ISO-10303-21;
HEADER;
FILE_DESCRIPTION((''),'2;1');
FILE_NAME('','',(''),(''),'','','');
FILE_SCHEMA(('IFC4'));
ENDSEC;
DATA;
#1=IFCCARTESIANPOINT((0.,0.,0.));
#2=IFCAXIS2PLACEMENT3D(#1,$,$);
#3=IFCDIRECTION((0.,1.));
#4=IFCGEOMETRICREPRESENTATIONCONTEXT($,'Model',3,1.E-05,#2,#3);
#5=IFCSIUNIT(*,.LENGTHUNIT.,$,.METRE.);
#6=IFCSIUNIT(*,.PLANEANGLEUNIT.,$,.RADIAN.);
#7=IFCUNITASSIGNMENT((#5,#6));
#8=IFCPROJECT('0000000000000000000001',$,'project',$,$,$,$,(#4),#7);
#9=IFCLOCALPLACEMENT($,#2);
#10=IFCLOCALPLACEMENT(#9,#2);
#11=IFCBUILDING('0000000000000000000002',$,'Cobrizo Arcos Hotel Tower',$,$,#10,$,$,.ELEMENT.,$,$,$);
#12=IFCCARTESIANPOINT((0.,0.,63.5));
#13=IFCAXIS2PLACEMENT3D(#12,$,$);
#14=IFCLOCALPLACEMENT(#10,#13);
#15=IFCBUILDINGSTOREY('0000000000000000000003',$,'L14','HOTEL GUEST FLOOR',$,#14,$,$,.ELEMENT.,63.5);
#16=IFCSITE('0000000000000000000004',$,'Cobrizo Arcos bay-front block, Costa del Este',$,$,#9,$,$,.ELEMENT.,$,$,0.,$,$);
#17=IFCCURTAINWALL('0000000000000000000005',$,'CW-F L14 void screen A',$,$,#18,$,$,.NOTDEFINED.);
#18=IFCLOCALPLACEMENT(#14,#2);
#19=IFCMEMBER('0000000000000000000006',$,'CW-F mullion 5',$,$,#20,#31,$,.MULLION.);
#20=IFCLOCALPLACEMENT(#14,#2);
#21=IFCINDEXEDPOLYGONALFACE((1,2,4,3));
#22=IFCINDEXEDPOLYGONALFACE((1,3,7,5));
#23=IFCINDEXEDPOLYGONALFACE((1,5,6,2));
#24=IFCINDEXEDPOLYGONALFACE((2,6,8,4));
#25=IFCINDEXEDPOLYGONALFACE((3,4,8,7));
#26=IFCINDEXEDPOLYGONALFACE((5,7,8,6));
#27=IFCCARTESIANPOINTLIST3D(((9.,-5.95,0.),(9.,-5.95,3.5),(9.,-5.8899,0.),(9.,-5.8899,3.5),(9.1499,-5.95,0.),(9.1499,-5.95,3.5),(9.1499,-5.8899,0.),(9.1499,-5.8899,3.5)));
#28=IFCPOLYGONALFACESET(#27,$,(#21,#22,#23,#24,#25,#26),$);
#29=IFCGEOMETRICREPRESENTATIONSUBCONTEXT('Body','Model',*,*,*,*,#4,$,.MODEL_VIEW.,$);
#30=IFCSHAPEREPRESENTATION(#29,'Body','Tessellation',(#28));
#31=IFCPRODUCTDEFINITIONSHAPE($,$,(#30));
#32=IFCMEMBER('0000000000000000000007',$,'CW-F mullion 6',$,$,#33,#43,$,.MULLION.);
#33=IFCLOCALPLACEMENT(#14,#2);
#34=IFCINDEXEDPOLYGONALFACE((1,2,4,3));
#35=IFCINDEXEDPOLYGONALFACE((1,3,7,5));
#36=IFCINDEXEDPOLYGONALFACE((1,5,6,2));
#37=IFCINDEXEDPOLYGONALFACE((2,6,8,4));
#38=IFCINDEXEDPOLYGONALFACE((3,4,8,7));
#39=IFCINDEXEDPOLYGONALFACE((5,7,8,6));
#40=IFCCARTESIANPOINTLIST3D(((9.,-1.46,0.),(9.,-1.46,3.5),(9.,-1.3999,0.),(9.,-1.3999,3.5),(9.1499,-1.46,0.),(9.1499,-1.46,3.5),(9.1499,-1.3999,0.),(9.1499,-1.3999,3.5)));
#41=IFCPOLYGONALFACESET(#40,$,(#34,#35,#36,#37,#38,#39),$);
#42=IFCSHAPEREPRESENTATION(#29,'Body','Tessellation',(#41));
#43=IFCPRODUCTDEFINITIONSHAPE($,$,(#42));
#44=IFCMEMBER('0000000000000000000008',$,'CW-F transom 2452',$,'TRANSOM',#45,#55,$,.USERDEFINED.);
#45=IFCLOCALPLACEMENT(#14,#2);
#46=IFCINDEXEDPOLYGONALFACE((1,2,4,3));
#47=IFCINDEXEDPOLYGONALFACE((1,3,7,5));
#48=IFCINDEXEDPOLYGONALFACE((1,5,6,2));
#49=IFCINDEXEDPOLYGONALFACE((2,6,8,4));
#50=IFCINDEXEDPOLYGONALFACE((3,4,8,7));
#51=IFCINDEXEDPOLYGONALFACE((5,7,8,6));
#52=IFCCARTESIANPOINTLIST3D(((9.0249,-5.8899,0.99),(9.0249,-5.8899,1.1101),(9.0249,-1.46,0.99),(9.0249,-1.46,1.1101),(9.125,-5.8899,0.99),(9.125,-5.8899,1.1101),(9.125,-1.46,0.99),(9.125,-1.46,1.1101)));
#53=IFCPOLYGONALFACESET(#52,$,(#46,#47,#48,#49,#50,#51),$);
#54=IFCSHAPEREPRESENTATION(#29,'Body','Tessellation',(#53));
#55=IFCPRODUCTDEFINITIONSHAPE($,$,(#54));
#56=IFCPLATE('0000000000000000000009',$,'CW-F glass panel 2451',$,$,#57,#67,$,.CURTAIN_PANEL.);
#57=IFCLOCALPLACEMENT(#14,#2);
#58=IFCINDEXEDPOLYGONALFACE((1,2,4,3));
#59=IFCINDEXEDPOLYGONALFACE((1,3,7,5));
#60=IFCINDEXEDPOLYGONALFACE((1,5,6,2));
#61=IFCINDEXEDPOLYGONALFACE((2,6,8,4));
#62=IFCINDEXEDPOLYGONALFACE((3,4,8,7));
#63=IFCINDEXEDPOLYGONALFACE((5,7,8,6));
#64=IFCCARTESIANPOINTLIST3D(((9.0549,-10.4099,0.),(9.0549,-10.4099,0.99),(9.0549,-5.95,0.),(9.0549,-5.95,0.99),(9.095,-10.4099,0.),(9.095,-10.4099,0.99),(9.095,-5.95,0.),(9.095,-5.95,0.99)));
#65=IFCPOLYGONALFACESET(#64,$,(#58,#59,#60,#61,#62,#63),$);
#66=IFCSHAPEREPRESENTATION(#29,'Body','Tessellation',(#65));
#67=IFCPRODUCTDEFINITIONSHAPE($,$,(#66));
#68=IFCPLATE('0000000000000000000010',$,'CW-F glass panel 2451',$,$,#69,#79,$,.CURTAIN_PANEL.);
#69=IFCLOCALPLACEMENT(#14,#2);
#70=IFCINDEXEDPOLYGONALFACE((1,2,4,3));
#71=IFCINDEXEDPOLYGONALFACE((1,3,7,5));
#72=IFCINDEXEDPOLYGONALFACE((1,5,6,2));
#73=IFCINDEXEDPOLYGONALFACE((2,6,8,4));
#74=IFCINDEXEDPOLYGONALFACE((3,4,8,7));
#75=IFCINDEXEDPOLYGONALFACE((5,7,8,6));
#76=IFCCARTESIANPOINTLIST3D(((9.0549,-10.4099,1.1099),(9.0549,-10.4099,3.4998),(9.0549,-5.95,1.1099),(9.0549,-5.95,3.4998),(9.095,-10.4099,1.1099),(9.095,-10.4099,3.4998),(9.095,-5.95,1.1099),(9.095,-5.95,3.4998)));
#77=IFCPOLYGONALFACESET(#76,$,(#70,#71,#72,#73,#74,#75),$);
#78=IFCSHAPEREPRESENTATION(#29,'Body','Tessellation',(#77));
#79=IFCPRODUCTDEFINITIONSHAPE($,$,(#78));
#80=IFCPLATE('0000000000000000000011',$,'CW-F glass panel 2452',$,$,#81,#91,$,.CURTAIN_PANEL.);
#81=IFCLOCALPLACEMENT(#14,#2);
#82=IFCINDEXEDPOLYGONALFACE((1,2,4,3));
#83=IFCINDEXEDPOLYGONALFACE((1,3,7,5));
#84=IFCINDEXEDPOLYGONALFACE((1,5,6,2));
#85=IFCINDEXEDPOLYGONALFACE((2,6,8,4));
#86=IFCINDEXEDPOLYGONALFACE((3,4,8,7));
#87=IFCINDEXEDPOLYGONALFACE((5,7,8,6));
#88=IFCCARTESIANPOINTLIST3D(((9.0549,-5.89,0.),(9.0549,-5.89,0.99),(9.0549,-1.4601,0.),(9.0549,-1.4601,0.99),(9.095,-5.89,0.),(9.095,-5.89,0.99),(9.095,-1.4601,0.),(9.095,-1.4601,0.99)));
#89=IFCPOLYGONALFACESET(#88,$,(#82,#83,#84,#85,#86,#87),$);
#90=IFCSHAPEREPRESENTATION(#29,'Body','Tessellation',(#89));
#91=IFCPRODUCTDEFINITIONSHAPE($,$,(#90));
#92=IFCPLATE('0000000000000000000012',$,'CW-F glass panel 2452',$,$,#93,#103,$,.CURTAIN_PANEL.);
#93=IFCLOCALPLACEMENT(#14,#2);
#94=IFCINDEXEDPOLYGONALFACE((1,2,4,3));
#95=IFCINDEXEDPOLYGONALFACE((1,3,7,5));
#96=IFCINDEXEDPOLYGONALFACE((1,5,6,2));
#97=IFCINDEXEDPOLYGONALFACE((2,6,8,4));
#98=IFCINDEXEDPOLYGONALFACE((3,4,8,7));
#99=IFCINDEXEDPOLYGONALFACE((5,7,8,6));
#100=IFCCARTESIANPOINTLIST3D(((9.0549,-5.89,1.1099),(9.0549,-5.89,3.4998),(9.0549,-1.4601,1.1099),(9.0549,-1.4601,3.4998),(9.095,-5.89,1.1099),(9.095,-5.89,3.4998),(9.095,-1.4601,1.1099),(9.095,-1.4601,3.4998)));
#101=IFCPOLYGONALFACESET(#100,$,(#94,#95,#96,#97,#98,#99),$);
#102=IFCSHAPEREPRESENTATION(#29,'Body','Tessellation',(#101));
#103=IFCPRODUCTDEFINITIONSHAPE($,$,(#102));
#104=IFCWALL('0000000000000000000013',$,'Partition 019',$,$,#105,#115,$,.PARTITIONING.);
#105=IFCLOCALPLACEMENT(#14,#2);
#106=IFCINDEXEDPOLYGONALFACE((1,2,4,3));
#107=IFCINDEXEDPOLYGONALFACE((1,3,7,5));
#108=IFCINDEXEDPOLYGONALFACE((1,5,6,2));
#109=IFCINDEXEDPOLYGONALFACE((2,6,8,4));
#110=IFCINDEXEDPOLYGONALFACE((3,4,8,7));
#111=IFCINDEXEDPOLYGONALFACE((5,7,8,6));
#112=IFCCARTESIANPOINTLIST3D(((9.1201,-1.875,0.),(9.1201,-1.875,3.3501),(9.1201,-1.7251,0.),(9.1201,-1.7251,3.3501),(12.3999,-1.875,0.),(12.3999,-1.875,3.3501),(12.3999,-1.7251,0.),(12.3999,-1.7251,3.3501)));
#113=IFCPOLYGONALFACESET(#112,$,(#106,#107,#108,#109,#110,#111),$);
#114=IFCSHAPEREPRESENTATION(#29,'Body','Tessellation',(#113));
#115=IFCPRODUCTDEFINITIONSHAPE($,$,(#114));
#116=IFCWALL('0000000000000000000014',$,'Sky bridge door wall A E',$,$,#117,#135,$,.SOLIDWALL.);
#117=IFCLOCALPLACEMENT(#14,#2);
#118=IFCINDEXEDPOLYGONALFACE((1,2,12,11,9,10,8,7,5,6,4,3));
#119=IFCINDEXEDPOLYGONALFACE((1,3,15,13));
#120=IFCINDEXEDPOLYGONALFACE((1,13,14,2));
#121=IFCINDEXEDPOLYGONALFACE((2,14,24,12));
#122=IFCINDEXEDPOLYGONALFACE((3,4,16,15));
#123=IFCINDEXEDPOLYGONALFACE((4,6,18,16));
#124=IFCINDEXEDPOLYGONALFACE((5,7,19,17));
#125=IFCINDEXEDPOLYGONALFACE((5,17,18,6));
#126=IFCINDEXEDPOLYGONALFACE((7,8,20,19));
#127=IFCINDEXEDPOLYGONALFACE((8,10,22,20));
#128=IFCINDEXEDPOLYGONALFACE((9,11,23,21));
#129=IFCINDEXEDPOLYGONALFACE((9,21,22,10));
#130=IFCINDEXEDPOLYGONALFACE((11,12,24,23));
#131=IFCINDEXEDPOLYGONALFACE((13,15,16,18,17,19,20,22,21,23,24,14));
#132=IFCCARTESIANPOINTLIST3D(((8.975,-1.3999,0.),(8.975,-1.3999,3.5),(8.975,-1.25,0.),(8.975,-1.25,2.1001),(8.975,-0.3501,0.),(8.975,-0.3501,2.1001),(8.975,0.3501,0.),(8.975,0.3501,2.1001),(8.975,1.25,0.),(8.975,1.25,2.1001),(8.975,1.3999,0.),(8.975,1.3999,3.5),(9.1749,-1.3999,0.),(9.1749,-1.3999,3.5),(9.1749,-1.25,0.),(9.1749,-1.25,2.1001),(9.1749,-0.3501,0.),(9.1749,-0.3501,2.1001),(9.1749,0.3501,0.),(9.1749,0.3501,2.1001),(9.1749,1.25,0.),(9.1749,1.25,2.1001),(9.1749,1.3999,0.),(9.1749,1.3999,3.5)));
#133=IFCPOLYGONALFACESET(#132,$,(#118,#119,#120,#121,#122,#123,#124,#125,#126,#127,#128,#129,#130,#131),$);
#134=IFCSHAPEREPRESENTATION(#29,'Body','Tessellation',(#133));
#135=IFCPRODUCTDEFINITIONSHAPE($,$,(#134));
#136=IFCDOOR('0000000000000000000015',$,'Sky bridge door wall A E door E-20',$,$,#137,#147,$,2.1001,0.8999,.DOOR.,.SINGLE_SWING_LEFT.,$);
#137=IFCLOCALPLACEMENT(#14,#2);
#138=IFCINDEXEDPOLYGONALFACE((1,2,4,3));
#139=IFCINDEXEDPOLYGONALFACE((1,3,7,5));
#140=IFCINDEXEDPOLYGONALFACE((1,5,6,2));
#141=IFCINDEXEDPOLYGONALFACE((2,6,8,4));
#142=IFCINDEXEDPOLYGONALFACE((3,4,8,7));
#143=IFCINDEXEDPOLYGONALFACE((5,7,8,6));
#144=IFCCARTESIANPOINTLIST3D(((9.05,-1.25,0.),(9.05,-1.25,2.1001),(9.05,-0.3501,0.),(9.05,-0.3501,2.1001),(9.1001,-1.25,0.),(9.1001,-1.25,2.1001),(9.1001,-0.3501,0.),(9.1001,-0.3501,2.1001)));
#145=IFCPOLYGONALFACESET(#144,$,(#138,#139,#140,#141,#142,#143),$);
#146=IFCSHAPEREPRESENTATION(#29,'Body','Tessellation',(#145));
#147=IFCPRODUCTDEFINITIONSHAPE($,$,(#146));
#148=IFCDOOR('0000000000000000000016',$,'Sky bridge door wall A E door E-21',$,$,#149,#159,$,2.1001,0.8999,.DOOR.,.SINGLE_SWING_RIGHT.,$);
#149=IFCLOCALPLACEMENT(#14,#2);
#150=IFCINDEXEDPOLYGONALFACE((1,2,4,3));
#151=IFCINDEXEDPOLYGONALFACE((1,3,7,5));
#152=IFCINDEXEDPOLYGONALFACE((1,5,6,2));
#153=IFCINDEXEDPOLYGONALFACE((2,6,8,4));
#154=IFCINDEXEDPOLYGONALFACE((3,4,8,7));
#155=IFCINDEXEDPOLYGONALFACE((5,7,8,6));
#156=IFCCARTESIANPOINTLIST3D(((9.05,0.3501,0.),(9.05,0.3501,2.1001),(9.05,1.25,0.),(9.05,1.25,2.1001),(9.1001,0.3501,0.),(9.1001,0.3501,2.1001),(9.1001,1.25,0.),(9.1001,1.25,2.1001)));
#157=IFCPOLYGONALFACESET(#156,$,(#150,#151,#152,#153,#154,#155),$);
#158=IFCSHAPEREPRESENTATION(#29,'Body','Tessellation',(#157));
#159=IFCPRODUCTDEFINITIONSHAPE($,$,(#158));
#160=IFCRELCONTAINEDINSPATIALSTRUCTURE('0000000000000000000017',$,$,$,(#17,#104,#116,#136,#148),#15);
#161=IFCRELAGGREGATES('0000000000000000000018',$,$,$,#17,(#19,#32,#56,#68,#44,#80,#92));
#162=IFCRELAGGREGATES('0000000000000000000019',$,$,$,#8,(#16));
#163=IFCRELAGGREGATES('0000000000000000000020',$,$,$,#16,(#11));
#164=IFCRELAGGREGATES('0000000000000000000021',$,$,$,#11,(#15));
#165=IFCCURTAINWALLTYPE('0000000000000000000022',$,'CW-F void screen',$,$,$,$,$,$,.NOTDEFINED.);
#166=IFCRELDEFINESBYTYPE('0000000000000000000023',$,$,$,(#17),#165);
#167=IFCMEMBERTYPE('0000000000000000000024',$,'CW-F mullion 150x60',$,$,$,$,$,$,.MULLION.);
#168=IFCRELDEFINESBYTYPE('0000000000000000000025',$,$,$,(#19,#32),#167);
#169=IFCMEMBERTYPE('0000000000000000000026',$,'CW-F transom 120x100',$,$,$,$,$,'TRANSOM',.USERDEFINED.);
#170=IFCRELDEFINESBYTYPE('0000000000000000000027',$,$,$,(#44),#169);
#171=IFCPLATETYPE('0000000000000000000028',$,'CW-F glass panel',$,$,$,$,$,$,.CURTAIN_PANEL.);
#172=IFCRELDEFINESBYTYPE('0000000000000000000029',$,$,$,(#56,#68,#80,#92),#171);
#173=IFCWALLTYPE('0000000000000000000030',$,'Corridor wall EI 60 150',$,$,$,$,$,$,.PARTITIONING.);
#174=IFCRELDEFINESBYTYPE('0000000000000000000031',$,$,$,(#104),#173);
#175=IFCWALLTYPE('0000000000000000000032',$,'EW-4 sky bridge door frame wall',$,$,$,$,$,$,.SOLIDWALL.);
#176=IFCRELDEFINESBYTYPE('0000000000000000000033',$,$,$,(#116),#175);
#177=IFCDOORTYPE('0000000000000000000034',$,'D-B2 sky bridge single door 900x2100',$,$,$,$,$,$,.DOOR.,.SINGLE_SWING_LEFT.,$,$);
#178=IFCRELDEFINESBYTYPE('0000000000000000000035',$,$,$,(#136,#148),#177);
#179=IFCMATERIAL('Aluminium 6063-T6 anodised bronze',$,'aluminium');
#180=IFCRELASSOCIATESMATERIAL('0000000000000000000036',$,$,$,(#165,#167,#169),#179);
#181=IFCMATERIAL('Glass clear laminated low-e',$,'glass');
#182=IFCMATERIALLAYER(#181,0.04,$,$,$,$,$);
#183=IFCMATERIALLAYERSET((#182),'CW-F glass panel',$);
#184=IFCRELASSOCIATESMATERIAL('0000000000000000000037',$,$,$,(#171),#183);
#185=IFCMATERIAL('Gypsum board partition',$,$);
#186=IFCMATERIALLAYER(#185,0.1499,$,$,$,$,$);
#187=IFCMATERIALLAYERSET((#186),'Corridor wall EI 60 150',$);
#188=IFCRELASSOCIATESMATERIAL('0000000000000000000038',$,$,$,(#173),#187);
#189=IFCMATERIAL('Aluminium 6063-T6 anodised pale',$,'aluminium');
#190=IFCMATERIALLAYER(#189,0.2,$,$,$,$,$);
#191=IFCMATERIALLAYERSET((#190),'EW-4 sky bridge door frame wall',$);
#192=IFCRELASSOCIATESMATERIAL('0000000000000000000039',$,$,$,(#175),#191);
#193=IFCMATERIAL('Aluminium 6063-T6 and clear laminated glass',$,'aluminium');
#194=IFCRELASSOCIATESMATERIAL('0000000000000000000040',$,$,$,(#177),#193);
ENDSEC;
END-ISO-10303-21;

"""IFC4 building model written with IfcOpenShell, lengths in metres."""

from ifc_helpers import new_model, si_unit, direction, frame, frame_2d, origin, origin_2d, place, context, subcontext, project, spatial, rectangle, extrude, material, layer, layer_set, material_profile, profile_set, type_object, element, fill, aggregate, save


model = new_model("IFC4")

# Units and contexts
model_context = context("Model", 3, precision=1e-05, world=origin(), true_north=direction((0.0, 1.0)))
body_context = subcontext(model_context, "Body", "Model", "MODEL_VIEW")
ifc_project = project(units=[si_unit("LENGTHUNIT", "METRE"), si_unit("PLANEANGLEUNIT", "RADIAN")], contexts=[model_context])

# Site, building, storey
site_placement = place(None, origin())
site = spatial("IfcSite", under=ifc_project, at=site_placement, Name="Cobrizo Arcos bay-front block, Costa del Este", CompositionType="ELEMENT", RefElevation=0.0)
building_placement = place(site_placement, origin())
building = spatial("IfcBuilding", under=site, at=building_placement, Name="Cobrizo Arcos Hotel Tower", CompositionType="ELEMENT")
storey_placement = place(building_placement, frame((0.0, 0.0, 63.5)))
storey = spatial("IfcBuildingStorey", under=building, at=storey_placement, Name="L14", Description="HOTEL GUEST FLOOR", CompositionType="ELEMENT", Elevation=63.5)

# Curtain wall, members, plates
ifc_material_1 = material(Name="Aluminium 6063-T6 anodised bronze", Category="aluminium")
curtain_wall_type = type_object("IfcCurtainWallType", Name="CW-F void screen", PredefinedType="NOTDEFINED", material=ifc_material_1)
curtain_wall_placement = place(storey_placement, origin())
curtain_wall = element("IfcCurtainWall", 1, at=curtain_wall_placement, inside=storey, type_object=curtain_wall_type, Name="CW-F L14 void screen A", PredefinedType="NOTDEFINED")
ifc_material_profile_1 = material_profile(ifc_material_1, rectangle(XDim=0.1499, YDim=0.0601, at=origin_2d()), Name="CW-F mullion 150x60")
ifc_profile_set_1 = profile_set([ifc_material_profile_1], Name="Aluminium 6063-T6 anodised bronze")
member_type_1 = type_object("IfcMemberType", Name="CW-F mullion 150x60", PredefinedType="MULLION", material=ifc_profile_set_1)
member_1_placement = place(storey_placement, frame((9.075, -5.9199, 0.0), z_axis=(0.0, 0.0, 1.0), x_axis=(1.0, 0.0, 0.0)))
member_1 = element("IfcMember", 2, at=member_1_placement, type_object=member_type_1, Name="CW-F mullion 5", PredefinedType="MULLION", context=body_context, shape_type="SweptSolid", body=[
    extrude(rectangle(XDim=0.1499, YDim=0.0601, at=origin_2d()), origin(), (0.0, 0.0, 1.0), 3.5),
])
member_2_placement = place(storey_placement, frame((9.075, -1.4299, 0.0), z_axis=(0.0, 0.0, 1.0), x_axis=(1.0, 0.0, 0.0)))
member_2 = element("IfcMember", 3, at=member_2_placement, type_object=member_type_1, Name="CW-F mullion 6", PredefinedType="MULLION", context=body_context, shape_type="SweptSolid", body=[
    extrude(rectangle(XDim=0.1499, YDim=0.0601, at=origin_2d()), origin(), (0.0, 0.0, 1.0), 3.5),
])
ifc_material_profile_2 = material_profile(ifc_material_1, rectangle(XDim=0.1001, YDim=0.1201, at=origin_2d()), Name="CW-F transom 120x100")
ifc_profile_set_2 = profile_set([ifc_material_profile_2], Name="Aluminium 6063-T6 anodised bronze")
member_type_2 = type_object("IfcMemberType", Name="CW-F transom 120x100", ElementType="TRANSOM", PredefinedType="USERDEFINED", material=ifc_profile_set_2)
member_3_placement = place(storey_placement, frame((9.075, -5.8899, 1.05), z_axis=(0.0, 1.0, 0.0), x_axis=(-1.0, 0.0, 0.0)))
member_3 = element("IfcMember", 4, at=member_3_placement, type_object=member_type_2, Name="CW-F transom 2452", ObjectType="TRANSOM", PredefinedType="USERDEFINED", context=body_context, shape_type="SweptSolid", body=[
    extrude(rectangle(XDim=0.1001, YDim=0.1201, at=origin_2d()), origin(), (0.0, 0.0, 1.0), 4.4299),
])
ifc_material_2 = material(Name="Glass clear laminated low-e", Category="glass")
ifc_layer_1 = layer(ifc_material_2, 0.04)
ifc_layer_set_1 = layer_set([ifc_layer_1], Name="CW-F glass panel")
plate_type = type_object("IfcPlateType", Name="CW-F glass panel", PredefinedType="CURTAIN_PANEL", material=ifc_layer_set_1)
plate_1_placement = place(storey_placement, frame((9.075, -8.1799, 0.0), z_axis=(0.0, 0.0, 1.0), x_axis=(0.0, 1.0, 0.0)))
plate_1 = element("IfcPlate", 5, at=plate_1_placement, type_object=plate_type, Name="CW-F glass panel 2451", PredefinedType="CURTAIN_PANEL", context=body_context, shape_type="SweptSolid", body=[
    extrude(rectangle(XDim=4.46, YDim=0.04, at=origin_2d()), origin(), (0.0, 0.0, 1.0), 0.99),
])
plate_2_placement = place(storey_placement, frame((9.075, -8.1799, 1.1099), z_axis=(0.0, 0.0, 1.0), x_axis=(0.0, 1.0, 0.0)))
plate_2 = element("IfcPlate", 6, at=plate_2_placement, type_object=plate_type, Name="CW-F glass panel 2451", PredefinedType="CURTAIN_PANEL", context=body_context, shape_type="SweptSolid", body=[
    extrude(rectangle(XDim=4.46, YDim=0.04, at=origin_2d()), origin(), (0.0, 0.0, 1.0), 2.3899),
])
plate_3_placement = place(storey_placement, frame((9.075, -3.675, 0.0), z_axis=(0.0, 0.0, 1.0), x_axis=(0.0, 1.0, 0.0)))
plate_3 = element("IfcPlate", 7, at=plate_3_placement, type_object=plate_type, Name="CW-F glass panel 2452", PredefinedType="CURTAIN_PANEL", context=body_context, shape_type="SweptSolid", body=[
    extrude(rectangle(XDim=4.4299, YDim=0.04, at=origin_2d()), origin(), (0.0, 0.0, 1.0), 0.99),
])
plate_4_placement = place(storey_placement, frame((9.075, -3.675, 1.1099), z_axis=(0.0, 0.0, 1.0), x_axis=(0.0, 1.0, 0.0)))
plate_4 = element("IfcPlate", 8, at=plate_4_placement, type_object=plate_type, Name="CW-F glass panel 2452", PredefinedType="CURTAIN_PANEL", context=body_context, shape_type="SweptSolid", body=[
    extrude(rectangle(XDim=4.4299, YDim=0.04, at=origin_2d()), origin(), (0.0, 0.0, 1.0), 2.3899),
])
aggregate(curtain_wall, [member_1, member_2, plate_1, plate_2, member_3, plate_3, plate_4])

# Wall
ifc_material_3 = material(Name="Gypsum board partition")
ifc_layer_2 = layer(ifc_material_3, 0.1499)
ifc_layer_set_2 = layer_set([ifc_layer_2], Name="Corridor wall EI 60 150")
wall_type_1 = type_object("IfcWallType", Name="Corridor wall EI 60 150", PredefinedType="PARTITIONING", material=ifc_layer_set_2)
wall_1_placement = place(storey_placement, frame((9.1201, -1.8, 0.0), z_axis=(0.0, 0.0, 1.0), x_axis=(1.0, 0.0, 0.0)))
element("IfcWall", 9, at=wall_1_placement, inside=storey, type_object=wall_type_1, Name="Partition 019", PredefinedType="PARTITIONING", context=body_context, shape_type="SweptSolid", body=[
    extrude(rectangle(XDim=3.2798, YDim=0.1499, at=frame_2d((1.6399, 0.0))), origin(), (0.0, 0.0, 1.0), 3.3501),
])

# Wall, openings, doors
ifc_material_4 = material(Name="Aluminium 6063-T6 anodised pale", Category="aluminium")
ifc_layer_3 = layer(ifc_material_4, 0.2)
ifc_layer_set_3 = layer_set([ifc_layer_3], Name="EW-4 sky bridge door frame wall")
wall_type_2 = type_object("IfcWallType", Name="EW-4 sky bridge door frame wall", PredefinedType="SOLIDWALL", material=ifc_layer_set_3)
wall_2_placement = place(storey_placement, frame((9.075, -1.3999, 0.0), z_axis=(0.0, 0.0, 1.0), x_axis=(0.0, 1.0, 0.0)))
wall_2 = element("IfcWall", 10, at=wall_2_placement, inside=storey, type_object=wall_type_2, Name="Sky bridge door wall A E", PredefinedType="SOLIDWALL", context=body_context, shape_type="SweptSolid", body=[
    extrude(rectangle(XDim=2.7998, YDim=0.2, at=frame_2d((1.3999, 0.0))), origin(), (0.0, 0.0, 1.0), 3.5),
])
opening_1_placement = place(wall_2_placement, frame((0.1499, 0.0, 0.0)))
opening_1 = element("IfcOpeningElement", 11, at=opening_1_placement, cuts=wall_2, PredefinedType="OPENING", context=body_context, shape_type="SweptSolid", body=[
    extrude(rectangle(XDim=0.8999, YDim=2.1001, at=frame_2d((0.45, 1.05))), frame((0.0, 0.1121, 0.0), z_axis=(0.0, -1.0, 0.0), x_axis=(1.0, 0.0, 0.0)), (0.0, 0.0, 1.0), 0.2239),
])
opening_2_placement = place(wall_2_placement, frame((1.75, 0.0, 0.0)))
opening_2 = element("IfcOpeningElement", 12, at=opening_2_placement, cuts=wall_2, PredefinedType="OPENING", context=body_context, shape_type="SweptSolid", body=[
    extrude(rectangle(XDim=0.8999, YDim=2.1001, at=frame_2d((0.45, 1.05))), frame((0.0, 0.1121, 0.0), z_axis=(0.0, -1.0, 0.0), x_axis=(1.0, 0.0, 0.0)), (0.0, 0.0, 1.0), 0.2239),
])
ifc_material_5 = material(Name="Aluminium 6063-T6 and clear laminated glass", Category="aluminium")
door_type_1 = type_object("IfcDoorType", Name="D-B2 sky bridge single door 900x2100", OperationType="SINGLE_SWING_LEFT", PredefinedType="DOOR", material=ifc_material_5)
door_1_placement = place(opening_1_placement, origin())
door_1 = element("IfcDoor", 13, at=door_1_placement, inside=storey, type_object=door_type_1, Name="Sky bridge door wall A E door E-20", OperationType="SINGLE_SWING_LEFT", OverallHeight=2.1001, OverallWidth=0.8999, PredefinedType="DOOR", context=body_context, shape_type="SweptSolid", body=[
    extrude(rectangle(XDim=0.8999, YDim=2.1001, at=frame_2d((0.45, 1.05))), frame((0.0, 0.0249, 0.0), z_axis=(0.0, -1.0, 0.0), x_axis=(1.0, 0.0, 0.0)), (0.0, 0.0, 1.0), 0.05),
])
fill(opening_1, door_1)
door_2_placement = place(opening_2_placement, origin())
door_2 = element("IfcDoor", 14, at=door_2_placement, inside=storey, type_object=door_type_1, Name="Sky bridge door wall A E door E-21", OperationType="SINGLE_SWING_RIGHT", OverallHeight=2.1001, OverallWidth=0.8999, PredefinedType="DOOR", context=body_context, shape_type="SweptSolid", body=[
    extrude(rectangle(XDim=0.8999, YDim=2.1001, at=frame_2d((0.45, 1.05))), frame((0.0, 0.0249, 0.0), z_axis=(0.0, -1.0, 0.0), x_axis=(1.0, 0.0, 0.0)), (0.0, 0.0, 1.0), 0.05),
])
fill(opening_2, door_2)

save(model, "model.ifc")
